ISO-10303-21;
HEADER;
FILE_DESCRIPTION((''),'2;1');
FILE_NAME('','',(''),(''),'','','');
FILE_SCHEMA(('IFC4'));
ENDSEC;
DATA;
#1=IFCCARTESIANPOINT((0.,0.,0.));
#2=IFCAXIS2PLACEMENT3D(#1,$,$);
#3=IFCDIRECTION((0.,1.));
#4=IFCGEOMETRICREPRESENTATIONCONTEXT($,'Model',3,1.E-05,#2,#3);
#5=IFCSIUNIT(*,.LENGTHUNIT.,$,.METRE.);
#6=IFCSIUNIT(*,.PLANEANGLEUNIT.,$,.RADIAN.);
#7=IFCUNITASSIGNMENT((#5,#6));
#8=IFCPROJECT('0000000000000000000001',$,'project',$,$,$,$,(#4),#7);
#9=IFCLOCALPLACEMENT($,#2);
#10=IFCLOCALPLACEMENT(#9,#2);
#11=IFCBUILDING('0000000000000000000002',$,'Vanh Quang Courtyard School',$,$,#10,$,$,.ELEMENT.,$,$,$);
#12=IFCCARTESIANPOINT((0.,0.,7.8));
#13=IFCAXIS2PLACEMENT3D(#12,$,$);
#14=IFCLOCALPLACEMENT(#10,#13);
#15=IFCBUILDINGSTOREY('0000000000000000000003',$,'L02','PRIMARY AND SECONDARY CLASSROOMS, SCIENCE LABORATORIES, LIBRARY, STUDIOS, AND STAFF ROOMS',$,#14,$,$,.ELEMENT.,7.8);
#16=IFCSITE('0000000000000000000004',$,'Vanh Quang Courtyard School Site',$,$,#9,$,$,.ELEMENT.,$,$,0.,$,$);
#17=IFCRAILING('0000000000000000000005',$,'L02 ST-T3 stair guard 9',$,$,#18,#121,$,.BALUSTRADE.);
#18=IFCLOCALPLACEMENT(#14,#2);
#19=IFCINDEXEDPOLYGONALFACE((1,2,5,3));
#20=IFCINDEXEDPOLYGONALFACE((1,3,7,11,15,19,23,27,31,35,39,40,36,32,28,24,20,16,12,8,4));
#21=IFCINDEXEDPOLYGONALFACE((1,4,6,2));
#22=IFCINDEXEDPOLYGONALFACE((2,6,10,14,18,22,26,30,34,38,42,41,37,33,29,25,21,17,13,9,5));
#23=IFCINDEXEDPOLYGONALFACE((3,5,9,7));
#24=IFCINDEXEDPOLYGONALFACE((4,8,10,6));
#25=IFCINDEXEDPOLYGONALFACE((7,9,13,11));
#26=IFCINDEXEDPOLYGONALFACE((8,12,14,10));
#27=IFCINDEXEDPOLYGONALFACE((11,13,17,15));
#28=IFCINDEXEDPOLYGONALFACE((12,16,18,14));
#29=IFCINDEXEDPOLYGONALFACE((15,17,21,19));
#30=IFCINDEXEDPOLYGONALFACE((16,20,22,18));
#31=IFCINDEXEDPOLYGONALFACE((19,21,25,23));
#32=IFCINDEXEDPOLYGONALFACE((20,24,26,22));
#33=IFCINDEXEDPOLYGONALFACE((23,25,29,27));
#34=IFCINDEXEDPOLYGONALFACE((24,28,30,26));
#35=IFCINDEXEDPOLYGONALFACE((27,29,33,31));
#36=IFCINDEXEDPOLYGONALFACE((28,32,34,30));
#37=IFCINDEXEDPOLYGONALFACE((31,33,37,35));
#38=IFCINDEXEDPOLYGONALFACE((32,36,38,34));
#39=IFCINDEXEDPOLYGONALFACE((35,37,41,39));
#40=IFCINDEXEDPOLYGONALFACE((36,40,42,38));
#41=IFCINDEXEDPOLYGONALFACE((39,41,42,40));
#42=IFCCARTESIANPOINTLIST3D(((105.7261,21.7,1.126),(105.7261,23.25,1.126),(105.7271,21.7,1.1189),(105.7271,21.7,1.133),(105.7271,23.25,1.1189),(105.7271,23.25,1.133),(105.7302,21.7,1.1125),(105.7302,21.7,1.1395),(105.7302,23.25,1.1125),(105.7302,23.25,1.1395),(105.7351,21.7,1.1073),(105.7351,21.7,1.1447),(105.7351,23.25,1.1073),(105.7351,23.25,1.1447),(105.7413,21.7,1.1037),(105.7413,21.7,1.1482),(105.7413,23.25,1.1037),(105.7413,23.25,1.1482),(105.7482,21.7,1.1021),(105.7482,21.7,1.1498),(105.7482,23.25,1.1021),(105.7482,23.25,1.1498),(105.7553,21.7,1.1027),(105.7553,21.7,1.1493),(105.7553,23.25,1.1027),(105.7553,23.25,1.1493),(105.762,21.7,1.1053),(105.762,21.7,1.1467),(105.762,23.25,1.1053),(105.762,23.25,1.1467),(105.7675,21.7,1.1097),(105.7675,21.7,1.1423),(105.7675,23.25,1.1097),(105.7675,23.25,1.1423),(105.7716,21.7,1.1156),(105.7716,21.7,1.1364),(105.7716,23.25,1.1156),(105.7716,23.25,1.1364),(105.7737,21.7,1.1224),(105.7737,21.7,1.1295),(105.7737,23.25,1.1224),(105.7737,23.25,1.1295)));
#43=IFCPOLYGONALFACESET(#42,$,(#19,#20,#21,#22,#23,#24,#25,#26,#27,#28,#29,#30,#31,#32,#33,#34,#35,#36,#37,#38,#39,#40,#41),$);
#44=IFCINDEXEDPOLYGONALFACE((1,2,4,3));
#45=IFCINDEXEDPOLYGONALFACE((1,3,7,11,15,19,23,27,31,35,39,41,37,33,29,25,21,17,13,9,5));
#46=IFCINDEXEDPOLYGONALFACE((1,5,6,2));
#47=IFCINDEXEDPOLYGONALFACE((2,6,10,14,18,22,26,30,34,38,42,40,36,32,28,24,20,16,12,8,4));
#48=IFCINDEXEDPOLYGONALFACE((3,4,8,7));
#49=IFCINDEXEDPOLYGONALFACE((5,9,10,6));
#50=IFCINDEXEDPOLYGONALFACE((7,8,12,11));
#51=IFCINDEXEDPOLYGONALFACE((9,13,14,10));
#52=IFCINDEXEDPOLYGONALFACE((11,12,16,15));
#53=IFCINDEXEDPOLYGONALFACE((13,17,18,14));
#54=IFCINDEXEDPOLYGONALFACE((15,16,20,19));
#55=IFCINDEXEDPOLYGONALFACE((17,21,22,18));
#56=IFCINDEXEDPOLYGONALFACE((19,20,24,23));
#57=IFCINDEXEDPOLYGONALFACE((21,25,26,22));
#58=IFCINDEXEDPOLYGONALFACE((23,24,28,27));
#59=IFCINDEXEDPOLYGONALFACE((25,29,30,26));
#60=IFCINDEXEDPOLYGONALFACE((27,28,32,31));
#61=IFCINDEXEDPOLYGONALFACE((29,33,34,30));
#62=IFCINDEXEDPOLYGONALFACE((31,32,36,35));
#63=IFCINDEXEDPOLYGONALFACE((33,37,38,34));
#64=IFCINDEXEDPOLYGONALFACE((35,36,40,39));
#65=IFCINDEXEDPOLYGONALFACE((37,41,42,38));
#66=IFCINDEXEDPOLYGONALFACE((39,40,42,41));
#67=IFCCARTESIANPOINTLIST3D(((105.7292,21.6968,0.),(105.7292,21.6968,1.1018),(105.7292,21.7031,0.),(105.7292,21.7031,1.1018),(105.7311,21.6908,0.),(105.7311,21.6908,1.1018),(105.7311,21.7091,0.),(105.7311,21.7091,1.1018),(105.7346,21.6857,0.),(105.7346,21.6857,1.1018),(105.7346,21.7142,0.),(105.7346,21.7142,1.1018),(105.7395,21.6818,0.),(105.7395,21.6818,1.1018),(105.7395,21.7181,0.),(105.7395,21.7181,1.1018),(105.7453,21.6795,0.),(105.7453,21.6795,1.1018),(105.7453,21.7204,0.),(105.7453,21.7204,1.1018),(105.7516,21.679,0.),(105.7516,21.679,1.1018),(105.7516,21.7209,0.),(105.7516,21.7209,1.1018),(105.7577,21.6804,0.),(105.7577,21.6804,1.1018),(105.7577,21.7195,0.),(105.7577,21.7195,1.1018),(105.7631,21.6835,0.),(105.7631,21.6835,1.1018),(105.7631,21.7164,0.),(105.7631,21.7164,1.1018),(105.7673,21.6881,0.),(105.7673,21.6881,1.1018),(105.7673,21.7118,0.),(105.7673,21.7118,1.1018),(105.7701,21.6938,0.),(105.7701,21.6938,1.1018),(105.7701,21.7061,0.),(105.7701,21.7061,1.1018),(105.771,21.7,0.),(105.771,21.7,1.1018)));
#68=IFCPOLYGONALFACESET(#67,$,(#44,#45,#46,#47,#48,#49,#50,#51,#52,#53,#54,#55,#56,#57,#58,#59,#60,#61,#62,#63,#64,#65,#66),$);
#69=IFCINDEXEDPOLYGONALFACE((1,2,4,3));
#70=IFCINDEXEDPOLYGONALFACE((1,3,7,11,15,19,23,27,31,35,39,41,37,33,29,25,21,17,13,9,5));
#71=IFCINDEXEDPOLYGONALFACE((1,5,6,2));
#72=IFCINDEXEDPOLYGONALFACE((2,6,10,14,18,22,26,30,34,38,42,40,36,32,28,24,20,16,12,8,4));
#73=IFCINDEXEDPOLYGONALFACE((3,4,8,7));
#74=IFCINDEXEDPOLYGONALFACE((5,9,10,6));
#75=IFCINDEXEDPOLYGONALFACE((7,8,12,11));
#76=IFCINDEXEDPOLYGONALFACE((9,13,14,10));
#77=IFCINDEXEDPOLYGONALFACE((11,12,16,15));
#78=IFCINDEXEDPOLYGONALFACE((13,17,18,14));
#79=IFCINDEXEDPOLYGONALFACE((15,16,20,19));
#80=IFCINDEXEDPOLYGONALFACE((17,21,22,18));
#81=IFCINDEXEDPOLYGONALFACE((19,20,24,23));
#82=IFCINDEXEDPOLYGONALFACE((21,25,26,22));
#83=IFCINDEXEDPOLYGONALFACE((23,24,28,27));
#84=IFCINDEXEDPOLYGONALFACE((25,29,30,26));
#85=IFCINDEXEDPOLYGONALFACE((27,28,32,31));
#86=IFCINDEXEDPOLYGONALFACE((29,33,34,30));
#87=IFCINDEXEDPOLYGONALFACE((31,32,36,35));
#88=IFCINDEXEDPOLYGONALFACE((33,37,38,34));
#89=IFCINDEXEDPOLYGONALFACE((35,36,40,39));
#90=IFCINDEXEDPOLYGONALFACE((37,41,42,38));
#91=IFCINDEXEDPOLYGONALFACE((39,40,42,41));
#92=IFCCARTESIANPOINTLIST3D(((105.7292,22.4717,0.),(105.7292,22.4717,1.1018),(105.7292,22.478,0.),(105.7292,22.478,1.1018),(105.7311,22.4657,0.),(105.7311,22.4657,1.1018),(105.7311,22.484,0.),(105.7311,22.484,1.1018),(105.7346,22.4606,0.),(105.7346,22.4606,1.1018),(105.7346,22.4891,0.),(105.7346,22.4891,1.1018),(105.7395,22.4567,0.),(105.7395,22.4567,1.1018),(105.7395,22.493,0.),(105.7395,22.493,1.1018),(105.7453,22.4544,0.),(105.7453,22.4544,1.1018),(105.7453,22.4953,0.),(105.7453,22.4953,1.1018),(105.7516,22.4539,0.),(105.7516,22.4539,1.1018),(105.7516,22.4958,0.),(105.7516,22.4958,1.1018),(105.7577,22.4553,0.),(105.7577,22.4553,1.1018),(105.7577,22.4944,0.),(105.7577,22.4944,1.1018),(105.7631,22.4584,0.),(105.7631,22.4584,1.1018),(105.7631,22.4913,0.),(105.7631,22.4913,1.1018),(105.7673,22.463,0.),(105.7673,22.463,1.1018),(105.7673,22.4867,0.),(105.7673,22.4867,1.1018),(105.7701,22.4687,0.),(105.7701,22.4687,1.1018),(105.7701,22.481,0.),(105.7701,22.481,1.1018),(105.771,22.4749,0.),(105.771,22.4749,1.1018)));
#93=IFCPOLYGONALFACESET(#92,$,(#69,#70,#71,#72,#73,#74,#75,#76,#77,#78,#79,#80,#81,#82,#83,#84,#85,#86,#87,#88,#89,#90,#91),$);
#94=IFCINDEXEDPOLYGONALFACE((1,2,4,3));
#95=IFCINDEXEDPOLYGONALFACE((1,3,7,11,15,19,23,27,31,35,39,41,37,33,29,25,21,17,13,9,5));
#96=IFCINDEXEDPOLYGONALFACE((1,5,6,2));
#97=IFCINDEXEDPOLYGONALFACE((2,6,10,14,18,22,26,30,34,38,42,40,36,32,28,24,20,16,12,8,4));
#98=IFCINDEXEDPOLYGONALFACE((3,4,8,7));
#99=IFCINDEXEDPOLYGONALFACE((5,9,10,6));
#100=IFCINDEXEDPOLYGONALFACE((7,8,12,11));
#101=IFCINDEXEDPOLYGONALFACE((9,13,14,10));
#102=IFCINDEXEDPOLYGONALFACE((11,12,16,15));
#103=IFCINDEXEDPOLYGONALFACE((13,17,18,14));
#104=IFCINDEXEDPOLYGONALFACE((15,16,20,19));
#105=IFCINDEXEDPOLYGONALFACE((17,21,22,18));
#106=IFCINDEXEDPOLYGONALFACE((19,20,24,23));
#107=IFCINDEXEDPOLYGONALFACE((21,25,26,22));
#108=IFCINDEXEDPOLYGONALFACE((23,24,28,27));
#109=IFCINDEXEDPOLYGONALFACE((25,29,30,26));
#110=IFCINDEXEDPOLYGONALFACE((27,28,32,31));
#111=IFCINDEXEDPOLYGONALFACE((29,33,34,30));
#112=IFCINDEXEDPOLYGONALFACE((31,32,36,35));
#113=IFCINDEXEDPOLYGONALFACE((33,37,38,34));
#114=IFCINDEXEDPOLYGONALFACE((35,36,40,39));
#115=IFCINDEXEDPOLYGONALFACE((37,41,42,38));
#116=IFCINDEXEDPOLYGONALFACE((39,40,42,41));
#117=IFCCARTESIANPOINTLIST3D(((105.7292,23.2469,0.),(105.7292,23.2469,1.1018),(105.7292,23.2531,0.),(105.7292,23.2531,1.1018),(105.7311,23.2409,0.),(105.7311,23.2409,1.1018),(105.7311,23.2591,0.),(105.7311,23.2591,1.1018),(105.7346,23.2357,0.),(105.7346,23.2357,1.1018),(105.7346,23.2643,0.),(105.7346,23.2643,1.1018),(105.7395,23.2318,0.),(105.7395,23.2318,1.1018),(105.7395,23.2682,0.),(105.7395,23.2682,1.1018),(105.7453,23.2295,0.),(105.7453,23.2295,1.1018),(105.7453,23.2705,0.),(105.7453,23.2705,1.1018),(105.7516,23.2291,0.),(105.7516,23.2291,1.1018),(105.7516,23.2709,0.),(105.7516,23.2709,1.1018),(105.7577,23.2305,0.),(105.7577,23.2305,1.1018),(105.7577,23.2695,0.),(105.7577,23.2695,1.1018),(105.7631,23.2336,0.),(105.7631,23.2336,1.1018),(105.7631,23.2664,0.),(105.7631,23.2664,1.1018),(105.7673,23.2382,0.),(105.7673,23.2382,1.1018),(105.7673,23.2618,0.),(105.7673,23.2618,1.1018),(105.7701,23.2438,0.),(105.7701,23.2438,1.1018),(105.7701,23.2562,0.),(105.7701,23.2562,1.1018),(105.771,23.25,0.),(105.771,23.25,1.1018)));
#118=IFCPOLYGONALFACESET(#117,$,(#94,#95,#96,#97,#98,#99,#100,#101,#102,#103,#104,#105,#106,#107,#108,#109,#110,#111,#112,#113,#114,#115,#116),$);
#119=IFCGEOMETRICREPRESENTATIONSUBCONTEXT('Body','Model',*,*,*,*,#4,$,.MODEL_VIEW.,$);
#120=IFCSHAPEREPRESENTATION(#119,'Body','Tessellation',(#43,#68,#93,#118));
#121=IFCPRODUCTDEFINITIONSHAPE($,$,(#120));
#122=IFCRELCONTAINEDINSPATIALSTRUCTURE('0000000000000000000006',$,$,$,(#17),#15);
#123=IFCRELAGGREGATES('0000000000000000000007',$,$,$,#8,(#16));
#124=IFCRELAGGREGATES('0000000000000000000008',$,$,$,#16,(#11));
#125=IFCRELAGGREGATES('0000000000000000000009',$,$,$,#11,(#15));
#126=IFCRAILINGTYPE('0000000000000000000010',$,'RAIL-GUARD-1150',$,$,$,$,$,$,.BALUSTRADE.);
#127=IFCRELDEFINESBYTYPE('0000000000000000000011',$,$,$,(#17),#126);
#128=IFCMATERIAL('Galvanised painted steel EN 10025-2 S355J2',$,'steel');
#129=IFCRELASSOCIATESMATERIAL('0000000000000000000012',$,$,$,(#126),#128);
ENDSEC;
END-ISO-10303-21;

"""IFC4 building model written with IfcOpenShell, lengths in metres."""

from ifc_helpers import new_model, si_unit, direction, frame, origin, origin_2d, place, context, subcontext, project, spatial, circle, extrude, material, type_object, element, save


model = new_model("IFC4")

# Units and contexts
model_context = context("Model", 3, precision=1e-05, world=origin(), true_north=direction((0.0, 1.0)))
body_context = subcontext(model_context, "Body", "Model", "MODEL_VIEW")
ifc_project = project(units=[si_unit("LENGTHUNIT", "METRE"), si_unit("PLANEANGLEUNIT", "RADIAN")], contexts=[model_context])

# Site, building, storey
site_placement = place(None, origin())
site = spatial("IfcSite", under=ifc_project, at=site_placement, Name="Vanh Quang Courtyard School Site", CompositionType="ELEMENT", RefElevation=0.0)
building_placement = place(site_placement, origin())
building = spatial("IfcBuilding", under=site, at=building_placement, Name="Vanh Quang Courtyard School", CompositionType="ELEMENT")
storey_placement = place(building_placement, frame((0.0, 0.0, 7.8)))
storey = spatial("IfcBuildingStorey", under=building, at=storey_placement, Name="L02", Description="PRIMARY AND SECONDARY CLASSROOMS, SCIENCE LABORATORIES, LIBRARY, STUDIOS, AND STAFF ROOMS", CompositionType="ELEMENT", Elevation=7.8)

# Railing
ifc_material_1 = material(Name="Galvanised painted steel EN 10025-2 S355J2", Category="steel")
railing_type_1 = type_object("IfcRailingType", Name="RAIL-GUARD-1150", PredefinedType="BALUSTRADE", material=ifc_material_1)
for number, where, name in (
    (1, (105.75, 21.7, 0.0), "L02 ST-T3 stair guard 9"),
):
    element("IfcRailing", number, at=place(storey_placement, frame(where)), inside=storey, type_object=railing_type_1, Name=name, PredefinedType="BALUSTRADE", context=body_context, shape_type="SweptSolid", body=[
        extrude(circle(Radius=0.0239, at=origin_2d()), frame((0.0, 0.0, 1.126), z_axis=(0.0, 1.0, 0.0), x_axis=(-1.0, 0.0, 0.0)), (0.0, 0.0, 1.0), 1.55),
        extrude(circle(Radius=0.021, at=origin_2d()), origin(), (0.0, 0.0, 1.0), 1.1018),
        extrude(circle(Radius=0.021, at=origin_2d()), frame((0.0, 0.7749, 0.0)), (0.0, 0.0, 1.0), 1.1018),
        extrude(circle(Radius=0.021, at=origin_2d()), frame((0.0, 1.55, 0.0)), (0.0, 0.0, 1.0), 1.1018),
    ])

save(model, "model.ifc")
